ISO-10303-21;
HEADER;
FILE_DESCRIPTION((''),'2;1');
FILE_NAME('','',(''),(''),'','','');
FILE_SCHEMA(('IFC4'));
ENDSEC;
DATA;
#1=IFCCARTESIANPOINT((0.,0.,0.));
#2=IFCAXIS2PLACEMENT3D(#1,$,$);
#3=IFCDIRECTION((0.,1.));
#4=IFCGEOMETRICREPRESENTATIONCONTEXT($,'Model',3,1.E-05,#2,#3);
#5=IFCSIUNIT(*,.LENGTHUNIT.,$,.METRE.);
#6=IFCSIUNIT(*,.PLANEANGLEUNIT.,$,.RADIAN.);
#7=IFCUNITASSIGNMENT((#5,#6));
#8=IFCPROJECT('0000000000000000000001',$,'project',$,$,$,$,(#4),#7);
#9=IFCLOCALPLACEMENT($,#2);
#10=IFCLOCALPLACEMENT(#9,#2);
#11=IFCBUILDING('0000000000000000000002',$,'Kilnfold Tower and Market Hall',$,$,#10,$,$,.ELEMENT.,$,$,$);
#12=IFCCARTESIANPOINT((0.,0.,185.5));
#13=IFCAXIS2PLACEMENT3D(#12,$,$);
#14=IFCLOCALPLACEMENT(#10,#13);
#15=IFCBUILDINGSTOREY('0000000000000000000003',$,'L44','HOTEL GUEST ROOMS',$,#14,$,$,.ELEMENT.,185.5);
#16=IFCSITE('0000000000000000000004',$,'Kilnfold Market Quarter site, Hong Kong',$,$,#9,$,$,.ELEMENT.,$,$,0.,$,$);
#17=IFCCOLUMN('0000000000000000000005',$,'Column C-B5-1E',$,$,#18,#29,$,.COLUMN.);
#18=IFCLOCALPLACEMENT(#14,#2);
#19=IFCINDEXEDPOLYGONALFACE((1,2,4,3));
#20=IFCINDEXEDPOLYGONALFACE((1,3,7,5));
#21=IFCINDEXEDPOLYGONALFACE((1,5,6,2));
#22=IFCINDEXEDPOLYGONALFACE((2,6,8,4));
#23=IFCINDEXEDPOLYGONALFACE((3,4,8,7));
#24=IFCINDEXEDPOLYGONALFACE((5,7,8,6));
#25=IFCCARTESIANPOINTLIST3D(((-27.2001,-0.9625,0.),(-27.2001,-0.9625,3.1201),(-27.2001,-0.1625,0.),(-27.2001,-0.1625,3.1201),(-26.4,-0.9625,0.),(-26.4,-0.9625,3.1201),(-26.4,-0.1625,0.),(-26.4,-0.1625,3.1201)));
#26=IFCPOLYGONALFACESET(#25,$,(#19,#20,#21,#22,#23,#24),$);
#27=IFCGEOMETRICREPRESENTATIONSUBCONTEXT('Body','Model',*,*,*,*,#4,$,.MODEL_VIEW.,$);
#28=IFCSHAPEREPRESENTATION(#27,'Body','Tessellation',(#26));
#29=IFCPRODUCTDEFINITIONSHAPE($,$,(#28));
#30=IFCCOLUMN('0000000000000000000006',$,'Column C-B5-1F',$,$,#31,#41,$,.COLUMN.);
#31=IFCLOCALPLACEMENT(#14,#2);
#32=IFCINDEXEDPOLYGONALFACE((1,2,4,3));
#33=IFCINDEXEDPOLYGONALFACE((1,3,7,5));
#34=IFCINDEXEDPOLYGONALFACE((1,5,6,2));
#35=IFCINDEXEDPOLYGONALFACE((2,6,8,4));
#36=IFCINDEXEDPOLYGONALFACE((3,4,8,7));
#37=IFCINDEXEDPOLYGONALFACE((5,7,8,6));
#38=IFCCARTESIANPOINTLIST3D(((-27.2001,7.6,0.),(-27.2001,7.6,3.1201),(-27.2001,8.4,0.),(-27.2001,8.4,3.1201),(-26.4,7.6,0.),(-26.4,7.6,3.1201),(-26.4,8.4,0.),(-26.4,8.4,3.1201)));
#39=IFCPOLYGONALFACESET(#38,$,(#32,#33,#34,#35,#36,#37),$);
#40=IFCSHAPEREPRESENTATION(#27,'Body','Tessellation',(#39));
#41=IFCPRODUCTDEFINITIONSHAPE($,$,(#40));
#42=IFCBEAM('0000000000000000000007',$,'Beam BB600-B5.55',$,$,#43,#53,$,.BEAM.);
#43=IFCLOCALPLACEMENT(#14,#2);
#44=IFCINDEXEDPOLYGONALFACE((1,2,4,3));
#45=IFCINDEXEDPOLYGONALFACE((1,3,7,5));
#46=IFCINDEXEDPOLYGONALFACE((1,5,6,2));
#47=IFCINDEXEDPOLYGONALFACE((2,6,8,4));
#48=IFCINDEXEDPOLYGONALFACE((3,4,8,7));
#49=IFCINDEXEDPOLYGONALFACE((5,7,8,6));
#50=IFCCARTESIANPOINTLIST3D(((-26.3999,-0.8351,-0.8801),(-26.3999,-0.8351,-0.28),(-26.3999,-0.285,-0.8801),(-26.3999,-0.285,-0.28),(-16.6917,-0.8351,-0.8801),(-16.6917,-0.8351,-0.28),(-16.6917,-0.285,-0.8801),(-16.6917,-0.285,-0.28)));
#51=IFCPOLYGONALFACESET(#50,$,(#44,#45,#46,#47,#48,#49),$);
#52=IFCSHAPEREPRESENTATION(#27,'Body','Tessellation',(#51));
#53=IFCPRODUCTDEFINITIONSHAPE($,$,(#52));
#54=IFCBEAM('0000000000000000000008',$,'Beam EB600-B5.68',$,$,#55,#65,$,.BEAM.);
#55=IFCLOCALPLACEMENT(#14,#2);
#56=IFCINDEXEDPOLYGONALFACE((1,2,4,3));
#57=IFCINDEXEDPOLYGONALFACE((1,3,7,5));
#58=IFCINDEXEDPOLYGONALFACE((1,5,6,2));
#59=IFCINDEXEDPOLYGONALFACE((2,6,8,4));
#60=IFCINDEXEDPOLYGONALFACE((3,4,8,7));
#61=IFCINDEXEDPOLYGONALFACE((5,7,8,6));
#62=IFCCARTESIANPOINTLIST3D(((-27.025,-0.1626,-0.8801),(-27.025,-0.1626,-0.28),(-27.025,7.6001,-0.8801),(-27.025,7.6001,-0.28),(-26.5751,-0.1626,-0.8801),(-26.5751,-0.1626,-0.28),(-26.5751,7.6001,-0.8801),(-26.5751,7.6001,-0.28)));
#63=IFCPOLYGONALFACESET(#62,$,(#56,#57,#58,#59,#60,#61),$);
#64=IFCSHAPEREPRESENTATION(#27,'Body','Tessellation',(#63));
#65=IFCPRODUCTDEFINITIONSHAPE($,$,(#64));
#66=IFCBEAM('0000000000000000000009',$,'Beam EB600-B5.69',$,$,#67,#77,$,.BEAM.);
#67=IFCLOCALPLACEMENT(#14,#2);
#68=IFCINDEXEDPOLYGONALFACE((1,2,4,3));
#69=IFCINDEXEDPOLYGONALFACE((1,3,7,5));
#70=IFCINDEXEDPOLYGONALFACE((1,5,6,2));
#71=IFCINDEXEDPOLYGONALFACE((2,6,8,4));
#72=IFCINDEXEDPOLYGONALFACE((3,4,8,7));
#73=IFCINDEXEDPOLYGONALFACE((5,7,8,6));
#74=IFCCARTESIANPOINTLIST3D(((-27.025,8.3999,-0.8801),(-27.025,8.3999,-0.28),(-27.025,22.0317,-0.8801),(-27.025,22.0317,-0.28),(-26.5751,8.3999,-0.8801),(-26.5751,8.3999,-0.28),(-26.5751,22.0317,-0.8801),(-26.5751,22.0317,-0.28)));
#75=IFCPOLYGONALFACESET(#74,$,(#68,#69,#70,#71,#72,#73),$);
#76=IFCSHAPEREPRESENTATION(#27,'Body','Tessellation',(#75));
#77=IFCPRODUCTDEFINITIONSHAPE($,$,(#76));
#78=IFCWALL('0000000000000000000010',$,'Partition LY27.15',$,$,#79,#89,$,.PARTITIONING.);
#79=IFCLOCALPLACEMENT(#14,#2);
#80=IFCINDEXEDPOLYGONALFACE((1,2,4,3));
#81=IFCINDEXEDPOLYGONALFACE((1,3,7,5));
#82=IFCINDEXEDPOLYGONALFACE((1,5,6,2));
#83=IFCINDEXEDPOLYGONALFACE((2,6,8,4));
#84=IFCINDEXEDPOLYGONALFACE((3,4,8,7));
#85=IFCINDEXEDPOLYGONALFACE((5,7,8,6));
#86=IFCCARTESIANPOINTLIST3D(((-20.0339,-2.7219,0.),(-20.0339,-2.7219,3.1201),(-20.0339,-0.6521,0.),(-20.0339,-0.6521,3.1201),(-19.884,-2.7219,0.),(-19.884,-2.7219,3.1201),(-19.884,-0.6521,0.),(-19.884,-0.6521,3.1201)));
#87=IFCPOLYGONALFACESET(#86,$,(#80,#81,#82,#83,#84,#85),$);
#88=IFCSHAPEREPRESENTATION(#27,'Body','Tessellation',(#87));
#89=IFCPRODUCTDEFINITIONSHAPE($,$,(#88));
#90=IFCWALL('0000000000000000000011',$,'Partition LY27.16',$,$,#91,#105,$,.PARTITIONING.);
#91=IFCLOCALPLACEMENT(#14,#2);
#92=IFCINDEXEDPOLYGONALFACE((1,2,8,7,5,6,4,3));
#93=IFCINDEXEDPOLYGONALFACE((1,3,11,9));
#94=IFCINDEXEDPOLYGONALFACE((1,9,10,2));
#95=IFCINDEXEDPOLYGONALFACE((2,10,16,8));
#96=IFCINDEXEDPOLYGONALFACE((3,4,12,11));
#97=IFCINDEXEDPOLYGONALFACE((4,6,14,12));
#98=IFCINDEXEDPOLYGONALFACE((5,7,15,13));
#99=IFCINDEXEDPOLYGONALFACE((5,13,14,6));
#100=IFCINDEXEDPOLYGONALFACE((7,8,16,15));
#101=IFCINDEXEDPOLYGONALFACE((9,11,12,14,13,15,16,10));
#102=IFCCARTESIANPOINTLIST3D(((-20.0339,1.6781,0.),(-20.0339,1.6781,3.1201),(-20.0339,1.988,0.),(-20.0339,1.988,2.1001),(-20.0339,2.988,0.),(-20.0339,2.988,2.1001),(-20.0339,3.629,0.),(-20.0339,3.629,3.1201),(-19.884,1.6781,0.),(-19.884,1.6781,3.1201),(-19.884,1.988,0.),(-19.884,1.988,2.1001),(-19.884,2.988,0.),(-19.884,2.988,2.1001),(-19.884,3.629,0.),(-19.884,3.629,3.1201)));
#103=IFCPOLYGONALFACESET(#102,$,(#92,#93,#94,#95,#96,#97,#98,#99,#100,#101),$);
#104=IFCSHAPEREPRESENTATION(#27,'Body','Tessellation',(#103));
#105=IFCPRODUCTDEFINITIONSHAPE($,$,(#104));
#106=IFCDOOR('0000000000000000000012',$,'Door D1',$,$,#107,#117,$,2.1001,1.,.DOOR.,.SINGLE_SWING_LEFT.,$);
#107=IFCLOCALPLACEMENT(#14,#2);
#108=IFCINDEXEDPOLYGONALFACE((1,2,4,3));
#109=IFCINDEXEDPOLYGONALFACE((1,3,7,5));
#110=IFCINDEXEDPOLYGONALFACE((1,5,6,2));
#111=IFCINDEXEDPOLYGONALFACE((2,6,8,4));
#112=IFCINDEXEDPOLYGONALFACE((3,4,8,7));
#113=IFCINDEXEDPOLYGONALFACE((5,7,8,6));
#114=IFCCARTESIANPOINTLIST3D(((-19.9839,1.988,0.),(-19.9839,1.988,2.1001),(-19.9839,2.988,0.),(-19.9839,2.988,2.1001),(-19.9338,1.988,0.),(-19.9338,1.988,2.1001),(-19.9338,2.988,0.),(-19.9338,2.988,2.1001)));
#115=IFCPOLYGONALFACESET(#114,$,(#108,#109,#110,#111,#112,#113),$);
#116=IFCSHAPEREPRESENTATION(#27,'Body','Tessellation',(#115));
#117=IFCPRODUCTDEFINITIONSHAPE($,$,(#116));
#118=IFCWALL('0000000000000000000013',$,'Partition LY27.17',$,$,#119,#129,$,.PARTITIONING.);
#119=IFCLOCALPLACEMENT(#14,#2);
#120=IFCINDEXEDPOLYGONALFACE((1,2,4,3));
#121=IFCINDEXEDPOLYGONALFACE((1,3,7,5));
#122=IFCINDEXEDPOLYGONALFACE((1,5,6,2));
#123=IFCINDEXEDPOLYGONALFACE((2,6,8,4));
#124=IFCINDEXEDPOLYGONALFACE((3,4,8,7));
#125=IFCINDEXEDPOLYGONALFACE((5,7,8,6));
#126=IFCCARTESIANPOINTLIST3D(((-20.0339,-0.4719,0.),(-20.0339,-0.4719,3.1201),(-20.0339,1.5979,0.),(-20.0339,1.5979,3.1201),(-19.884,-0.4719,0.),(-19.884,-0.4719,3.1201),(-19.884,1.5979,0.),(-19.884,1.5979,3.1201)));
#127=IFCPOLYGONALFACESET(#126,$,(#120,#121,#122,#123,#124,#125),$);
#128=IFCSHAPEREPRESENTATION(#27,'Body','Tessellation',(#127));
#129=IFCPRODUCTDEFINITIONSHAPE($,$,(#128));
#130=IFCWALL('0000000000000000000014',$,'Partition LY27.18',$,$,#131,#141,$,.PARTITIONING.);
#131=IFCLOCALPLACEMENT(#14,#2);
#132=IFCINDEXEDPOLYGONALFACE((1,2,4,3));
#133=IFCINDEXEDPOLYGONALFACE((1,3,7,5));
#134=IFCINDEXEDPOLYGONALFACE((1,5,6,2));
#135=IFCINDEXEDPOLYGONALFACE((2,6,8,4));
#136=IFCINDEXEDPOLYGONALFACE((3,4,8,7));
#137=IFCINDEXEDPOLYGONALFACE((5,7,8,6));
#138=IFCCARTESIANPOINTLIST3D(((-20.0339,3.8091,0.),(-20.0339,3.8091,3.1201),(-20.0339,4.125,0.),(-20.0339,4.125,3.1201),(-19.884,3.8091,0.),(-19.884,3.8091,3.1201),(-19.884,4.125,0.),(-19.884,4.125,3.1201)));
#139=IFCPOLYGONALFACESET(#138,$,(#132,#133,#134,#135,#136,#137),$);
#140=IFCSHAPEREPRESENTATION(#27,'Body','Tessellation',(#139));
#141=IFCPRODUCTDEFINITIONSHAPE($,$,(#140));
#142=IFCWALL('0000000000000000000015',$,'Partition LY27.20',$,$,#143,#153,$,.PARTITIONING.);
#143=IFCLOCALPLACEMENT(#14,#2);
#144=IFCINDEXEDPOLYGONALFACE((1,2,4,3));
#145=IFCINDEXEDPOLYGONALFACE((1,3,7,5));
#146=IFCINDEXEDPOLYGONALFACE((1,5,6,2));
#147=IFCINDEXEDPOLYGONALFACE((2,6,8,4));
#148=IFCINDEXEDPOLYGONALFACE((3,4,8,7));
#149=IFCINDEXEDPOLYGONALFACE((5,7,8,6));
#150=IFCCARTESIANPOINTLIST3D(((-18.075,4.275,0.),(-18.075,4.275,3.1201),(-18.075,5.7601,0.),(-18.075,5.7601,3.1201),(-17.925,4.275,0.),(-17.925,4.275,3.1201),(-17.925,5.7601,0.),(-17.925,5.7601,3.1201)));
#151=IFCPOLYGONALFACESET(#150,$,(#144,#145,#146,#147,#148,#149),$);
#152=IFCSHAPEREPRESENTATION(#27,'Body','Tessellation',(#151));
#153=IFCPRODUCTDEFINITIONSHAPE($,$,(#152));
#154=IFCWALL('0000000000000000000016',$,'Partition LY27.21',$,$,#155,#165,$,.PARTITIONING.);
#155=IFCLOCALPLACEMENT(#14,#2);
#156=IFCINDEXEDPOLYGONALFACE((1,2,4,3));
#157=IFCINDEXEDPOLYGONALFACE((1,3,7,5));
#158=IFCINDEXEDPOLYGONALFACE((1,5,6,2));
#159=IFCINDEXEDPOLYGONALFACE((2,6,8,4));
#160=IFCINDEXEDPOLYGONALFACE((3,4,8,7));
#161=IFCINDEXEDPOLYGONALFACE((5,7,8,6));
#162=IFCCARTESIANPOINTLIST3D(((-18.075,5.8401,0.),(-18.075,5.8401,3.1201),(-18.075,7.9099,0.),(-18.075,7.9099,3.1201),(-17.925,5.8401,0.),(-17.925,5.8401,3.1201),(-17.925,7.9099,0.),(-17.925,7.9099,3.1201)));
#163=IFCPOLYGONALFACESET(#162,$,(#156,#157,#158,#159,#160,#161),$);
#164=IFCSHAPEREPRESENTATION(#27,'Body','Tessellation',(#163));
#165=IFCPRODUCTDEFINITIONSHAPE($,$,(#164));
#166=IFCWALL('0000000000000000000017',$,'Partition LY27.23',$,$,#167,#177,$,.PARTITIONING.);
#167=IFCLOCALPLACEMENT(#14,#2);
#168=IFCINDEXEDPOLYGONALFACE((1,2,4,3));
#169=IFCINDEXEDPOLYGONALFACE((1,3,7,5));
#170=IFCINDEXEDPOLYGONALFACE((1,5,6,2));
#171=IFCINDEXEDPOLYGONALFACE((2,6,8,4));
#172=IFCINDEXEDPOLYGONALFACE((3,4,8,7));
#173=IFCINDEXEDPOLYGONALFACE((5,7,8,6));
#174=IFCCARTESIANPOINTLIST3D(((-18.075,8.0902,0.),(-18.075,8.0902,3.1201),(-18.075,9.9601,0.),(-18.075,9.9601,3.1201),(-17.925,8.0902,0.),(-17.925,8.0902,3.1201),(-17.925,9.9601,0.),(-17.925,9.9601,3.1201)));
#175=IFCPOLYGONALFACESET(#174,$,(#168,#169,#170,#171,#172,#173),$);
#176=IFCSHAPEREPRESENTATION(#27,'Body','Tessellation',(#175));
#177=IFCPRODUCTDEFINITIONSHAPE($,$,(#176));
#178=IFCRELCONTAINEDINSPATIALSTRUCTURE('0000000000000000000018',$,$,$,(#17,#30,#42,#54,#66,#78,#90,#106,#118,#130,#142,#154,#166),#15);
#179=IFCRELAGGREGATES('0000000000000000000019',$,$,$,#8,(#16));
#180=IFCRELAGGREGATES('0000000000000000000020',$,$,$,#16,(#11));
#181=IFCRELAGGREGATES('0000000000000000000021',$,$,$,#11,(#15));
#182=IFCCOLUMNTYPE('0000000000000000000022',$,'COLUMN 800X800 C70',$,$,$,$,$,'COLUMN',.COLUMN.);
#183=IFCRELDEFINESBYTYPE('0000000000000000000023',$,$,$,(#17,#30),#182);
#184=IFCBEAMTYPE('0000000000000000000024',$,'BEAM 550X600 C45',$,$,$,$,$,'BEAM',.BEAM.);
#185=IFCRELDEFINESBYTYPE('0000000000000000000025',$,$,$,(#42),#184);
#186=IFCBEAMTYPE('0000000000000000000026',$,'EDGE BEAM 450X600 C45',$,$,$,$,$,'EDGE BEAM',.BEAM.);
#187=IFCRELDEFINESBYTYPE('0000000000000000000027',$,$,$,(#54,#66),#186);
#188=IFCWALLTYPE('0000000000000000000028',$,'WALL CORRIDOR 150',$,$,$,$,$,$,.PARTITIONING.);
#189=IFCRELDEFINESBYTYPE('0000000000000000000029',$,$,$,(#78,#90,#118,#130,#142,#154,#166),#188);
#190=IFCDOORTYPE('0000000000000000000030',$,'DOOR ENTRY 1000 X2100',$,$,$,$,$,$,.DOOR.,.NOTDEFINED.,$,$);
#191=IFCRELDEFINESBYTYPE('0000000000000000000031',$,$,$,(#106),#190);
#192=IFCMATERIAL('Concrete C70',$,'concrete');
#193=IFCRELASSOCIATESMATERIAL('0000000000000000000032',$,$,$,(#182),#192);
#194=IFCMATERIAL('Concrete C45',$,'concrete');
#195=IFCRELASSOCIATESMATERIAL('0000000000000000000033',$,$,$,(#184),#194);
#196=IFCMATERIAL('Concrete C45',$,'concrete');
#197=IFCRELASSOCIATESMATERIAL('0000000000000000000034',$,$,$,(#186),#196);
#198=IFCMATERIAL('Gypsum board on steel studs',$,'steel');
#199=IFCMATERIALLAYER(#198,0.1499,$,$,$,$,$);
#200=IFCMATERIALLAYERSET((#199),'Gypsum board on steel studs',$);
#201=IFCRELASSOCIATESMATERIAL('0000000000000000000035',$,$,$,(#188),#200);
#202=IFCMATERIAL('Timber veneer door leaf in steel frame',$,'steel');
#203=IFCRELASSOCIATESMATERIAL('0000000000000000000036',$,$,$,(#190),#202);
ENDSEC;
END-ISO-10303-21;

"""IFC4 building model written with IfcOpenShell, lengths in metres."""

from ifc_helpers import new_model, si_unit, direction, frame, frame_2d, origin, origin_2d, place, context, subcontext, project, spatial, rectangle, extrude, source, transform, mapped, material, layer, layer_set, material_profile, profile_set, type_object, element, fill, save


model = new_model("IFC4")

# Units and contexts
model_context = context("Model", 3, precision=1e-05, world=origin(), true_north=direction((0.0, 1.0)))
body_context = subcontext(model_context, "Body", "Model", "MODEL_VIEW")
ifc_project = project(units=[si_unit("LENGTHUNIT", "METRE"), si_unit("PLANEANGLEUNIT", "RADIAN")], contexts=[model_context])

# Site, building, storey
site_placement = place(None, origin())
site = spatial("IfcSite", under=ifc_project, at=site_placement, Name="Kilnfold Market Quarter site, Hong Kong", CompositionType="ELEMENT", RefElevation=0.0)
building_placement = place(site_placement, origin())
building = spatial("IfcBuilding", under=site, at=building_placement, Name="Kilnfold Tower and Market Hall", CompositionType="ELEMENT")
storey_placement = place(building_placement, frame((0.0, 0.0, 185.5)))
storey = spatial("IfcBuildingStorey", under=building, at=storey_placement, Name="L44", Description="HOTEL GUEST ROOMS", CompositionType="ELEMENT", Elevation=185.5)

# Columns
ifc_material_1 = material(Name="Concrete C70", Category="concrete")
ifc_material_profile_1 = material_profile(ifc_material_1, rectangle(XDim=0.8, YDim=0.8, at=origin_2d()), Name="RC 800x800")
ifc_profile_set_1 = profile_set([ifc_material_profile_1], Name="Concrete C70")
column_type = type_object("IfcColumnType", Name="COLUMN 800X800 C70", ElementType="COLUMN", PredefinedType="COLUMN", material=ifc_profile_set_1)
shared_shape_1 = source(origin(), body_context, "Body", "SweptSolid", [
    extrude(rectangle(XDim=0.8, YDim=0.8, at=origin_2d()), origin(), (0.0, 0.0, 1.0), 3.1201),
])
for number, where, z_axis, x_axis, name in (
    (1, (-26.8, -0.5625, 0.0), (0.0, 0.0, 1.0), (1.0, 0.0, 0.0), "Column C-B5-1E"),
    (2, (-26.8, 8.0, 0.0), (0.0, 0.0, 1.0), (1.0, 0.0, 0.0), "Column C-B5-1F"),
):
    element("IfcColumn", number, at=place(storey_placement, frame(where, z_axis=z_axis, x_axis=x_axis)), inside=storey, type_object=column_type, Name=name, PredefinedType="COLUMN", context=body_context, shape_type="MappedRepresentation", body=[
        mapped(shared_shape_1, transform((0.0, 0.0, 0.0))),
    ])

# Beams
ifc_material_2 = material(Name="Concrete C45", Category="concrete")
ifc_material_profile_2 = material_profile(ifc_material_2, rectangle(XDim=0.55, YDim=0.6001, at=origin_2d()), Name="RC 550x600")
ifc_profile_set_2 = profile_set([ifc_material_profile_2], Name="Concrete C45")
beam_type_1 = type_object("IfcBeamType", Name="BEAM 550X600 C45", ElementType="BEAM", PredefinedType="BEAM", material=ifc_profile_set_2)
shared_shape_2 = source(origin(), body_context, "Body", "SweptSolid", [
    extrude(rectangle(XDim=0.55, YDim=0.6001, at=origin_2d()), origin(), (0.0, 0.0, 1.0), 9.7083),
])
beam_1_placement = place(storey_placement, frame((-26.3999, -0.5601, -0.5801), z_axis=(1.0, 0.0, 0.0), x_axis=(0.0, 1.0, 0.0)))
element("IfcBeam", 3, at=beam_1_placement, inside=storey, type_object=beam_type_1, Name="Beam BB600-B5.55", PredefinedType="BEAM", context=body_context, shape_type="MappedRepresentation", body=[
    mapped(shared_shape_2, transform((0.0, 0.0, 0.0))),
])
ifc_material_3 = material(Name="Concrete C45", Category="concrete")
ifc_material_profile_3 = material_profile(ifc_material_3, rectangle(XDim=0.45, YDim=0.6001, at=origin_2d()), Name="RC 450x600")
ifc_profile_set_3 = profile_set([ifc_material_profile_3], Name="Concrete C45")
beam_type_2 = type_object("IfcBeamType", Name="EDGE BEAM 450X600 C45", ElementType="EDGE BEAM", PredefinedType="BEAM", material=ifc_profile_set_3)
shared_shape_3 = source(origin(), body_context, "Body", "SweptSolid", [
    extrude(rectangle(XDim=0.45, YDim=0.6001, at=origin_2d()), origin(), (0.0, 0.0, 1.0), 7.7627),
])
beam_2_placement = place(storey_placement, frame((-26.8, -0.1626, -0.5801), z_axis=(0.0, 1.0, 0.0), x_axis=(-1.0, 0.0, 0.0)))
element("IfcBeam", 4, at=beam_2_placement, inside=storey, type_object=beam_type_2, Name="Beam EB600-B5.68", PredefinedType="BEAM", context=body_context, shape_type="MappedRepresentation", body=[
    mapped(shared_shape_3, transform((0.0, 0.0, 0.0))),
])
shared_shape_4 = source(origin(), body_context, "Body", "SweptSolid", [
    extrude(rectangle(XDim=0.45, YDim=0.6001, at=origin_2d()), origin(), (0.0, 0.0, 1.0), 13.6318),
])
beam_3_placement = place(storey_placement, frame((-26.8, 8.3999, -0.5801), z_axis=(0.0, 1.0, 0.0), x_axis=(-1.0, 0.0, 0.0)))
element("IfcBeam", 5, at=beam_3_placement, inside=storey, type_object=beam_type_2, Name="Beam EB600-B5.69", PredefinedType="BEAM", context=body_context, shape_type="MappedRepresentation", body=[
    mapped(shared_shape_4, transform((0.0, 0.0, 0.0))),
])

# Wall
ifc_material_4 = material(Name="Gypsum board on steel studs", Category="steel")
ifc_layer_1 = layer(ifc_material_4, 0.1499)
ifc_layer_set_1 = layer_set([ifc_layer_1], Name="Gypsum board on steel studs")
wall_type_1 = type_object("IfcWallType", Name="WALL CORRIDOR 150", PredefinedType="PARTITIONING", material=ifc_layer_set_1)
wall_1_placement = place(storey_placement, frame((-19.959, -2.7219, 0.0), z_axis=(0.0, 0.0, 1.0), x_axis=(0.0, 1.0, 0.0)))
element("IfcWall", 6, at=wall_1_placement, inside=storey, type_object=wall_type_1, Name="Partition LY27.15", PredefinedType="PARTITIONING", context=body_context, shape_type="SweptSolid", body=[
    extrude(rectangle(XDim=2.0698, YDim=0.1499, at=frame_2d((1.0349, 0.0))), origin(), (0.0, 0.0, 1.0), 3.1201),
])

# Wall, opening, door
wall_2_placement = place(storey_placement, frame((-19.959, 1.678, 0.0), z_axis=(0.0, 0.0, 1.0), x_axis=(0.0, 1.0, 0.0)))
wall_2 = element("IfcWall", 7, at=wall_2_placement, inside=storey, type_object=wall_type_1, Name="Partition LY27.16", PredefinedType="PARTITIONING", context=body_context, shape_type="SweptSolid", body=[
    extrude(rectangle(XDim=1.9509, YDim=0.1499, at=frame_2d((0.9756, 0.0))), origin(), (0.0, 0.0, 1.0), 3.1201),
])
opening_1_placement = place(wall_2_placement, frame((0.3101, 0.0, 0.0)))
opening_1 = element("IfcOpeningElement", 8, at=opening_1_placement, cuts=wall_2, PredefinedType="OPENING", context=body_context, shape_type="SweptSolid", body=[
    extrude(rectangle(XDim=1.0, YDim=2.1001, at=frame_2d((0.5, 1.05))), frame((0.0, 0.085, 0.0), z_axis=(0.0, -1.0, 0.0), x_axis=(1.0, 0.0, 0.0)), (0.0, 0.0, 1.0), 0.1699),
])
ifc_material_5 = material(Name="Timber veneer door leaf in steel frame", Category="steel")
door_type_1 = type_object("IfcDoorType", Name="DOOR ENTRY 1000 X2100", OperationType="NOTDEFINED", PredefinedType="DOOR", material=ifc_material_5)
door_1_placement = place(opening_1_placement, origin())
door_1 = element("IfcDoor", 9, at=door_1_placement, inside=storey, type_object=door_type_1, Name="Door D1", OperationType="SINGLE_SWING_LEFT", OverallHeight=2.1001, OverallWidth=1.0, PredefinedType="DOOR", context=body_context, shape_type="SweptSolid", body=[
    extrude(rectangle(XDim=1.0, YDim=2.1001, at=frame_2d((0.5, 1.05))), frame((0.0, 0.0249, 0.0), z_axis=(0.0, -1.0, 0.0), x_axis=(1.0, 0.0, 0.0)), (0.0, 0.0, 1.0), 0.05),
])
fill(opening_1, door_1)

# Walls
wall_3_placement = place(storey_placement, frame((-19.959, -0.4719, 0.0), z_axis=(0.0, 0.0, 1.0), x_axis=(0.0, 1.0, 0.0)))
element("IfcWall", 10, at=wall_3_placement, inside=storey, type_object=wall_type_1, Name="Partition LY27.17", PredefinedType="PARTITIONING", context=body_context, shape_type="SweptSolid", body=[
    extrude(rectangle(XDim=2.0698, YDim=0.1499, at=frame_2d((1.0349, 0.0))), origin(), (0.0, 0.0, 1.0), 3.1201),
])
wall_4_placement = place(storey_placement, frame((-19.959, 3.8091, 0.0), z_axis=(0.0, 0.0, 1.0), x_axis=(0.0, 1.0, 0.0)))
element("IfcWall", 11, at=wall_4_placement, inside=storey, type_object=wall_type_1, Name="Partition LY27.18", PredefinedType="PARTITIONING", context=body_context, shape_type="SweptSolid", body=[
    extrude(rectangle(XDim=0.3159, YDim=0.1499, at=frame_2d((0.158, 0.0))), origin(), (0.0, 0.0, 1.0), 3.1201),
])
wall_5_placement = place(storey_placement, frame((-18.0, 4.2749, 0.0), z_axis=(0.0, 0.0, 1.0), x_axis=(0.0, 1.0, 0.0)))
element("IfcWall", 12, at=wall_5_placement, inside=storey, type_object=wall_type_1, Name="Partition LY27.20", PredefinedType="PARTITIONING", context=body_context, shape_type="SweptSolid", body=[
    extrude(rectangle(XDim=1.4851, YDim=0.1499, at=frame_2d((0.7427, 0.0))), origin(), (0.0, 0.0, 1.0), 3.1201),
])
wall_6_placement = place(storey_placement, frame((-18.0, 5.8401, 0.0), z_axis=(0.0, 0.0, 1.0), x_axis=(0.0, 1.0, 0.0)))
element("IfcWall", 13, at=wall_6_placement, inside=storey, type_object=wall_type_1, Name="Partition LY27.21", PredefinedType="PARTITIONING", context=body_context, shape_type="SweptSolid", body=[
    extrude(rectangle(XDim=2.0698, YDim=0.1499, at=frame_2d((1.0349, 0.0))), origin(), (0.0, 0.0, 1.0), 3.1201),
])
wall_7_placement = place(storey_placement, frame((-18.0, 8.0901, 0.0), z_axis=(0.0, 0.0, 1.0), x_axis=(0.0, 1.0, 0.0)))
element("IfcWall", 14, at=wall_7_placement, inside=storey, type_object=wall_type_1, Name="Partition LY27.23", PredefinedType="PARTITIONING", context=body_context, shape_type="SweptSolid", body=[
    extrude(rectangle(XDim=1.8699, YDim=0.1499, at=frame_2d((0.9351, 0.0))), origin(), (0.0, 0.0, 1.0), 3.1201),
])

save(model, "model.ifc")
